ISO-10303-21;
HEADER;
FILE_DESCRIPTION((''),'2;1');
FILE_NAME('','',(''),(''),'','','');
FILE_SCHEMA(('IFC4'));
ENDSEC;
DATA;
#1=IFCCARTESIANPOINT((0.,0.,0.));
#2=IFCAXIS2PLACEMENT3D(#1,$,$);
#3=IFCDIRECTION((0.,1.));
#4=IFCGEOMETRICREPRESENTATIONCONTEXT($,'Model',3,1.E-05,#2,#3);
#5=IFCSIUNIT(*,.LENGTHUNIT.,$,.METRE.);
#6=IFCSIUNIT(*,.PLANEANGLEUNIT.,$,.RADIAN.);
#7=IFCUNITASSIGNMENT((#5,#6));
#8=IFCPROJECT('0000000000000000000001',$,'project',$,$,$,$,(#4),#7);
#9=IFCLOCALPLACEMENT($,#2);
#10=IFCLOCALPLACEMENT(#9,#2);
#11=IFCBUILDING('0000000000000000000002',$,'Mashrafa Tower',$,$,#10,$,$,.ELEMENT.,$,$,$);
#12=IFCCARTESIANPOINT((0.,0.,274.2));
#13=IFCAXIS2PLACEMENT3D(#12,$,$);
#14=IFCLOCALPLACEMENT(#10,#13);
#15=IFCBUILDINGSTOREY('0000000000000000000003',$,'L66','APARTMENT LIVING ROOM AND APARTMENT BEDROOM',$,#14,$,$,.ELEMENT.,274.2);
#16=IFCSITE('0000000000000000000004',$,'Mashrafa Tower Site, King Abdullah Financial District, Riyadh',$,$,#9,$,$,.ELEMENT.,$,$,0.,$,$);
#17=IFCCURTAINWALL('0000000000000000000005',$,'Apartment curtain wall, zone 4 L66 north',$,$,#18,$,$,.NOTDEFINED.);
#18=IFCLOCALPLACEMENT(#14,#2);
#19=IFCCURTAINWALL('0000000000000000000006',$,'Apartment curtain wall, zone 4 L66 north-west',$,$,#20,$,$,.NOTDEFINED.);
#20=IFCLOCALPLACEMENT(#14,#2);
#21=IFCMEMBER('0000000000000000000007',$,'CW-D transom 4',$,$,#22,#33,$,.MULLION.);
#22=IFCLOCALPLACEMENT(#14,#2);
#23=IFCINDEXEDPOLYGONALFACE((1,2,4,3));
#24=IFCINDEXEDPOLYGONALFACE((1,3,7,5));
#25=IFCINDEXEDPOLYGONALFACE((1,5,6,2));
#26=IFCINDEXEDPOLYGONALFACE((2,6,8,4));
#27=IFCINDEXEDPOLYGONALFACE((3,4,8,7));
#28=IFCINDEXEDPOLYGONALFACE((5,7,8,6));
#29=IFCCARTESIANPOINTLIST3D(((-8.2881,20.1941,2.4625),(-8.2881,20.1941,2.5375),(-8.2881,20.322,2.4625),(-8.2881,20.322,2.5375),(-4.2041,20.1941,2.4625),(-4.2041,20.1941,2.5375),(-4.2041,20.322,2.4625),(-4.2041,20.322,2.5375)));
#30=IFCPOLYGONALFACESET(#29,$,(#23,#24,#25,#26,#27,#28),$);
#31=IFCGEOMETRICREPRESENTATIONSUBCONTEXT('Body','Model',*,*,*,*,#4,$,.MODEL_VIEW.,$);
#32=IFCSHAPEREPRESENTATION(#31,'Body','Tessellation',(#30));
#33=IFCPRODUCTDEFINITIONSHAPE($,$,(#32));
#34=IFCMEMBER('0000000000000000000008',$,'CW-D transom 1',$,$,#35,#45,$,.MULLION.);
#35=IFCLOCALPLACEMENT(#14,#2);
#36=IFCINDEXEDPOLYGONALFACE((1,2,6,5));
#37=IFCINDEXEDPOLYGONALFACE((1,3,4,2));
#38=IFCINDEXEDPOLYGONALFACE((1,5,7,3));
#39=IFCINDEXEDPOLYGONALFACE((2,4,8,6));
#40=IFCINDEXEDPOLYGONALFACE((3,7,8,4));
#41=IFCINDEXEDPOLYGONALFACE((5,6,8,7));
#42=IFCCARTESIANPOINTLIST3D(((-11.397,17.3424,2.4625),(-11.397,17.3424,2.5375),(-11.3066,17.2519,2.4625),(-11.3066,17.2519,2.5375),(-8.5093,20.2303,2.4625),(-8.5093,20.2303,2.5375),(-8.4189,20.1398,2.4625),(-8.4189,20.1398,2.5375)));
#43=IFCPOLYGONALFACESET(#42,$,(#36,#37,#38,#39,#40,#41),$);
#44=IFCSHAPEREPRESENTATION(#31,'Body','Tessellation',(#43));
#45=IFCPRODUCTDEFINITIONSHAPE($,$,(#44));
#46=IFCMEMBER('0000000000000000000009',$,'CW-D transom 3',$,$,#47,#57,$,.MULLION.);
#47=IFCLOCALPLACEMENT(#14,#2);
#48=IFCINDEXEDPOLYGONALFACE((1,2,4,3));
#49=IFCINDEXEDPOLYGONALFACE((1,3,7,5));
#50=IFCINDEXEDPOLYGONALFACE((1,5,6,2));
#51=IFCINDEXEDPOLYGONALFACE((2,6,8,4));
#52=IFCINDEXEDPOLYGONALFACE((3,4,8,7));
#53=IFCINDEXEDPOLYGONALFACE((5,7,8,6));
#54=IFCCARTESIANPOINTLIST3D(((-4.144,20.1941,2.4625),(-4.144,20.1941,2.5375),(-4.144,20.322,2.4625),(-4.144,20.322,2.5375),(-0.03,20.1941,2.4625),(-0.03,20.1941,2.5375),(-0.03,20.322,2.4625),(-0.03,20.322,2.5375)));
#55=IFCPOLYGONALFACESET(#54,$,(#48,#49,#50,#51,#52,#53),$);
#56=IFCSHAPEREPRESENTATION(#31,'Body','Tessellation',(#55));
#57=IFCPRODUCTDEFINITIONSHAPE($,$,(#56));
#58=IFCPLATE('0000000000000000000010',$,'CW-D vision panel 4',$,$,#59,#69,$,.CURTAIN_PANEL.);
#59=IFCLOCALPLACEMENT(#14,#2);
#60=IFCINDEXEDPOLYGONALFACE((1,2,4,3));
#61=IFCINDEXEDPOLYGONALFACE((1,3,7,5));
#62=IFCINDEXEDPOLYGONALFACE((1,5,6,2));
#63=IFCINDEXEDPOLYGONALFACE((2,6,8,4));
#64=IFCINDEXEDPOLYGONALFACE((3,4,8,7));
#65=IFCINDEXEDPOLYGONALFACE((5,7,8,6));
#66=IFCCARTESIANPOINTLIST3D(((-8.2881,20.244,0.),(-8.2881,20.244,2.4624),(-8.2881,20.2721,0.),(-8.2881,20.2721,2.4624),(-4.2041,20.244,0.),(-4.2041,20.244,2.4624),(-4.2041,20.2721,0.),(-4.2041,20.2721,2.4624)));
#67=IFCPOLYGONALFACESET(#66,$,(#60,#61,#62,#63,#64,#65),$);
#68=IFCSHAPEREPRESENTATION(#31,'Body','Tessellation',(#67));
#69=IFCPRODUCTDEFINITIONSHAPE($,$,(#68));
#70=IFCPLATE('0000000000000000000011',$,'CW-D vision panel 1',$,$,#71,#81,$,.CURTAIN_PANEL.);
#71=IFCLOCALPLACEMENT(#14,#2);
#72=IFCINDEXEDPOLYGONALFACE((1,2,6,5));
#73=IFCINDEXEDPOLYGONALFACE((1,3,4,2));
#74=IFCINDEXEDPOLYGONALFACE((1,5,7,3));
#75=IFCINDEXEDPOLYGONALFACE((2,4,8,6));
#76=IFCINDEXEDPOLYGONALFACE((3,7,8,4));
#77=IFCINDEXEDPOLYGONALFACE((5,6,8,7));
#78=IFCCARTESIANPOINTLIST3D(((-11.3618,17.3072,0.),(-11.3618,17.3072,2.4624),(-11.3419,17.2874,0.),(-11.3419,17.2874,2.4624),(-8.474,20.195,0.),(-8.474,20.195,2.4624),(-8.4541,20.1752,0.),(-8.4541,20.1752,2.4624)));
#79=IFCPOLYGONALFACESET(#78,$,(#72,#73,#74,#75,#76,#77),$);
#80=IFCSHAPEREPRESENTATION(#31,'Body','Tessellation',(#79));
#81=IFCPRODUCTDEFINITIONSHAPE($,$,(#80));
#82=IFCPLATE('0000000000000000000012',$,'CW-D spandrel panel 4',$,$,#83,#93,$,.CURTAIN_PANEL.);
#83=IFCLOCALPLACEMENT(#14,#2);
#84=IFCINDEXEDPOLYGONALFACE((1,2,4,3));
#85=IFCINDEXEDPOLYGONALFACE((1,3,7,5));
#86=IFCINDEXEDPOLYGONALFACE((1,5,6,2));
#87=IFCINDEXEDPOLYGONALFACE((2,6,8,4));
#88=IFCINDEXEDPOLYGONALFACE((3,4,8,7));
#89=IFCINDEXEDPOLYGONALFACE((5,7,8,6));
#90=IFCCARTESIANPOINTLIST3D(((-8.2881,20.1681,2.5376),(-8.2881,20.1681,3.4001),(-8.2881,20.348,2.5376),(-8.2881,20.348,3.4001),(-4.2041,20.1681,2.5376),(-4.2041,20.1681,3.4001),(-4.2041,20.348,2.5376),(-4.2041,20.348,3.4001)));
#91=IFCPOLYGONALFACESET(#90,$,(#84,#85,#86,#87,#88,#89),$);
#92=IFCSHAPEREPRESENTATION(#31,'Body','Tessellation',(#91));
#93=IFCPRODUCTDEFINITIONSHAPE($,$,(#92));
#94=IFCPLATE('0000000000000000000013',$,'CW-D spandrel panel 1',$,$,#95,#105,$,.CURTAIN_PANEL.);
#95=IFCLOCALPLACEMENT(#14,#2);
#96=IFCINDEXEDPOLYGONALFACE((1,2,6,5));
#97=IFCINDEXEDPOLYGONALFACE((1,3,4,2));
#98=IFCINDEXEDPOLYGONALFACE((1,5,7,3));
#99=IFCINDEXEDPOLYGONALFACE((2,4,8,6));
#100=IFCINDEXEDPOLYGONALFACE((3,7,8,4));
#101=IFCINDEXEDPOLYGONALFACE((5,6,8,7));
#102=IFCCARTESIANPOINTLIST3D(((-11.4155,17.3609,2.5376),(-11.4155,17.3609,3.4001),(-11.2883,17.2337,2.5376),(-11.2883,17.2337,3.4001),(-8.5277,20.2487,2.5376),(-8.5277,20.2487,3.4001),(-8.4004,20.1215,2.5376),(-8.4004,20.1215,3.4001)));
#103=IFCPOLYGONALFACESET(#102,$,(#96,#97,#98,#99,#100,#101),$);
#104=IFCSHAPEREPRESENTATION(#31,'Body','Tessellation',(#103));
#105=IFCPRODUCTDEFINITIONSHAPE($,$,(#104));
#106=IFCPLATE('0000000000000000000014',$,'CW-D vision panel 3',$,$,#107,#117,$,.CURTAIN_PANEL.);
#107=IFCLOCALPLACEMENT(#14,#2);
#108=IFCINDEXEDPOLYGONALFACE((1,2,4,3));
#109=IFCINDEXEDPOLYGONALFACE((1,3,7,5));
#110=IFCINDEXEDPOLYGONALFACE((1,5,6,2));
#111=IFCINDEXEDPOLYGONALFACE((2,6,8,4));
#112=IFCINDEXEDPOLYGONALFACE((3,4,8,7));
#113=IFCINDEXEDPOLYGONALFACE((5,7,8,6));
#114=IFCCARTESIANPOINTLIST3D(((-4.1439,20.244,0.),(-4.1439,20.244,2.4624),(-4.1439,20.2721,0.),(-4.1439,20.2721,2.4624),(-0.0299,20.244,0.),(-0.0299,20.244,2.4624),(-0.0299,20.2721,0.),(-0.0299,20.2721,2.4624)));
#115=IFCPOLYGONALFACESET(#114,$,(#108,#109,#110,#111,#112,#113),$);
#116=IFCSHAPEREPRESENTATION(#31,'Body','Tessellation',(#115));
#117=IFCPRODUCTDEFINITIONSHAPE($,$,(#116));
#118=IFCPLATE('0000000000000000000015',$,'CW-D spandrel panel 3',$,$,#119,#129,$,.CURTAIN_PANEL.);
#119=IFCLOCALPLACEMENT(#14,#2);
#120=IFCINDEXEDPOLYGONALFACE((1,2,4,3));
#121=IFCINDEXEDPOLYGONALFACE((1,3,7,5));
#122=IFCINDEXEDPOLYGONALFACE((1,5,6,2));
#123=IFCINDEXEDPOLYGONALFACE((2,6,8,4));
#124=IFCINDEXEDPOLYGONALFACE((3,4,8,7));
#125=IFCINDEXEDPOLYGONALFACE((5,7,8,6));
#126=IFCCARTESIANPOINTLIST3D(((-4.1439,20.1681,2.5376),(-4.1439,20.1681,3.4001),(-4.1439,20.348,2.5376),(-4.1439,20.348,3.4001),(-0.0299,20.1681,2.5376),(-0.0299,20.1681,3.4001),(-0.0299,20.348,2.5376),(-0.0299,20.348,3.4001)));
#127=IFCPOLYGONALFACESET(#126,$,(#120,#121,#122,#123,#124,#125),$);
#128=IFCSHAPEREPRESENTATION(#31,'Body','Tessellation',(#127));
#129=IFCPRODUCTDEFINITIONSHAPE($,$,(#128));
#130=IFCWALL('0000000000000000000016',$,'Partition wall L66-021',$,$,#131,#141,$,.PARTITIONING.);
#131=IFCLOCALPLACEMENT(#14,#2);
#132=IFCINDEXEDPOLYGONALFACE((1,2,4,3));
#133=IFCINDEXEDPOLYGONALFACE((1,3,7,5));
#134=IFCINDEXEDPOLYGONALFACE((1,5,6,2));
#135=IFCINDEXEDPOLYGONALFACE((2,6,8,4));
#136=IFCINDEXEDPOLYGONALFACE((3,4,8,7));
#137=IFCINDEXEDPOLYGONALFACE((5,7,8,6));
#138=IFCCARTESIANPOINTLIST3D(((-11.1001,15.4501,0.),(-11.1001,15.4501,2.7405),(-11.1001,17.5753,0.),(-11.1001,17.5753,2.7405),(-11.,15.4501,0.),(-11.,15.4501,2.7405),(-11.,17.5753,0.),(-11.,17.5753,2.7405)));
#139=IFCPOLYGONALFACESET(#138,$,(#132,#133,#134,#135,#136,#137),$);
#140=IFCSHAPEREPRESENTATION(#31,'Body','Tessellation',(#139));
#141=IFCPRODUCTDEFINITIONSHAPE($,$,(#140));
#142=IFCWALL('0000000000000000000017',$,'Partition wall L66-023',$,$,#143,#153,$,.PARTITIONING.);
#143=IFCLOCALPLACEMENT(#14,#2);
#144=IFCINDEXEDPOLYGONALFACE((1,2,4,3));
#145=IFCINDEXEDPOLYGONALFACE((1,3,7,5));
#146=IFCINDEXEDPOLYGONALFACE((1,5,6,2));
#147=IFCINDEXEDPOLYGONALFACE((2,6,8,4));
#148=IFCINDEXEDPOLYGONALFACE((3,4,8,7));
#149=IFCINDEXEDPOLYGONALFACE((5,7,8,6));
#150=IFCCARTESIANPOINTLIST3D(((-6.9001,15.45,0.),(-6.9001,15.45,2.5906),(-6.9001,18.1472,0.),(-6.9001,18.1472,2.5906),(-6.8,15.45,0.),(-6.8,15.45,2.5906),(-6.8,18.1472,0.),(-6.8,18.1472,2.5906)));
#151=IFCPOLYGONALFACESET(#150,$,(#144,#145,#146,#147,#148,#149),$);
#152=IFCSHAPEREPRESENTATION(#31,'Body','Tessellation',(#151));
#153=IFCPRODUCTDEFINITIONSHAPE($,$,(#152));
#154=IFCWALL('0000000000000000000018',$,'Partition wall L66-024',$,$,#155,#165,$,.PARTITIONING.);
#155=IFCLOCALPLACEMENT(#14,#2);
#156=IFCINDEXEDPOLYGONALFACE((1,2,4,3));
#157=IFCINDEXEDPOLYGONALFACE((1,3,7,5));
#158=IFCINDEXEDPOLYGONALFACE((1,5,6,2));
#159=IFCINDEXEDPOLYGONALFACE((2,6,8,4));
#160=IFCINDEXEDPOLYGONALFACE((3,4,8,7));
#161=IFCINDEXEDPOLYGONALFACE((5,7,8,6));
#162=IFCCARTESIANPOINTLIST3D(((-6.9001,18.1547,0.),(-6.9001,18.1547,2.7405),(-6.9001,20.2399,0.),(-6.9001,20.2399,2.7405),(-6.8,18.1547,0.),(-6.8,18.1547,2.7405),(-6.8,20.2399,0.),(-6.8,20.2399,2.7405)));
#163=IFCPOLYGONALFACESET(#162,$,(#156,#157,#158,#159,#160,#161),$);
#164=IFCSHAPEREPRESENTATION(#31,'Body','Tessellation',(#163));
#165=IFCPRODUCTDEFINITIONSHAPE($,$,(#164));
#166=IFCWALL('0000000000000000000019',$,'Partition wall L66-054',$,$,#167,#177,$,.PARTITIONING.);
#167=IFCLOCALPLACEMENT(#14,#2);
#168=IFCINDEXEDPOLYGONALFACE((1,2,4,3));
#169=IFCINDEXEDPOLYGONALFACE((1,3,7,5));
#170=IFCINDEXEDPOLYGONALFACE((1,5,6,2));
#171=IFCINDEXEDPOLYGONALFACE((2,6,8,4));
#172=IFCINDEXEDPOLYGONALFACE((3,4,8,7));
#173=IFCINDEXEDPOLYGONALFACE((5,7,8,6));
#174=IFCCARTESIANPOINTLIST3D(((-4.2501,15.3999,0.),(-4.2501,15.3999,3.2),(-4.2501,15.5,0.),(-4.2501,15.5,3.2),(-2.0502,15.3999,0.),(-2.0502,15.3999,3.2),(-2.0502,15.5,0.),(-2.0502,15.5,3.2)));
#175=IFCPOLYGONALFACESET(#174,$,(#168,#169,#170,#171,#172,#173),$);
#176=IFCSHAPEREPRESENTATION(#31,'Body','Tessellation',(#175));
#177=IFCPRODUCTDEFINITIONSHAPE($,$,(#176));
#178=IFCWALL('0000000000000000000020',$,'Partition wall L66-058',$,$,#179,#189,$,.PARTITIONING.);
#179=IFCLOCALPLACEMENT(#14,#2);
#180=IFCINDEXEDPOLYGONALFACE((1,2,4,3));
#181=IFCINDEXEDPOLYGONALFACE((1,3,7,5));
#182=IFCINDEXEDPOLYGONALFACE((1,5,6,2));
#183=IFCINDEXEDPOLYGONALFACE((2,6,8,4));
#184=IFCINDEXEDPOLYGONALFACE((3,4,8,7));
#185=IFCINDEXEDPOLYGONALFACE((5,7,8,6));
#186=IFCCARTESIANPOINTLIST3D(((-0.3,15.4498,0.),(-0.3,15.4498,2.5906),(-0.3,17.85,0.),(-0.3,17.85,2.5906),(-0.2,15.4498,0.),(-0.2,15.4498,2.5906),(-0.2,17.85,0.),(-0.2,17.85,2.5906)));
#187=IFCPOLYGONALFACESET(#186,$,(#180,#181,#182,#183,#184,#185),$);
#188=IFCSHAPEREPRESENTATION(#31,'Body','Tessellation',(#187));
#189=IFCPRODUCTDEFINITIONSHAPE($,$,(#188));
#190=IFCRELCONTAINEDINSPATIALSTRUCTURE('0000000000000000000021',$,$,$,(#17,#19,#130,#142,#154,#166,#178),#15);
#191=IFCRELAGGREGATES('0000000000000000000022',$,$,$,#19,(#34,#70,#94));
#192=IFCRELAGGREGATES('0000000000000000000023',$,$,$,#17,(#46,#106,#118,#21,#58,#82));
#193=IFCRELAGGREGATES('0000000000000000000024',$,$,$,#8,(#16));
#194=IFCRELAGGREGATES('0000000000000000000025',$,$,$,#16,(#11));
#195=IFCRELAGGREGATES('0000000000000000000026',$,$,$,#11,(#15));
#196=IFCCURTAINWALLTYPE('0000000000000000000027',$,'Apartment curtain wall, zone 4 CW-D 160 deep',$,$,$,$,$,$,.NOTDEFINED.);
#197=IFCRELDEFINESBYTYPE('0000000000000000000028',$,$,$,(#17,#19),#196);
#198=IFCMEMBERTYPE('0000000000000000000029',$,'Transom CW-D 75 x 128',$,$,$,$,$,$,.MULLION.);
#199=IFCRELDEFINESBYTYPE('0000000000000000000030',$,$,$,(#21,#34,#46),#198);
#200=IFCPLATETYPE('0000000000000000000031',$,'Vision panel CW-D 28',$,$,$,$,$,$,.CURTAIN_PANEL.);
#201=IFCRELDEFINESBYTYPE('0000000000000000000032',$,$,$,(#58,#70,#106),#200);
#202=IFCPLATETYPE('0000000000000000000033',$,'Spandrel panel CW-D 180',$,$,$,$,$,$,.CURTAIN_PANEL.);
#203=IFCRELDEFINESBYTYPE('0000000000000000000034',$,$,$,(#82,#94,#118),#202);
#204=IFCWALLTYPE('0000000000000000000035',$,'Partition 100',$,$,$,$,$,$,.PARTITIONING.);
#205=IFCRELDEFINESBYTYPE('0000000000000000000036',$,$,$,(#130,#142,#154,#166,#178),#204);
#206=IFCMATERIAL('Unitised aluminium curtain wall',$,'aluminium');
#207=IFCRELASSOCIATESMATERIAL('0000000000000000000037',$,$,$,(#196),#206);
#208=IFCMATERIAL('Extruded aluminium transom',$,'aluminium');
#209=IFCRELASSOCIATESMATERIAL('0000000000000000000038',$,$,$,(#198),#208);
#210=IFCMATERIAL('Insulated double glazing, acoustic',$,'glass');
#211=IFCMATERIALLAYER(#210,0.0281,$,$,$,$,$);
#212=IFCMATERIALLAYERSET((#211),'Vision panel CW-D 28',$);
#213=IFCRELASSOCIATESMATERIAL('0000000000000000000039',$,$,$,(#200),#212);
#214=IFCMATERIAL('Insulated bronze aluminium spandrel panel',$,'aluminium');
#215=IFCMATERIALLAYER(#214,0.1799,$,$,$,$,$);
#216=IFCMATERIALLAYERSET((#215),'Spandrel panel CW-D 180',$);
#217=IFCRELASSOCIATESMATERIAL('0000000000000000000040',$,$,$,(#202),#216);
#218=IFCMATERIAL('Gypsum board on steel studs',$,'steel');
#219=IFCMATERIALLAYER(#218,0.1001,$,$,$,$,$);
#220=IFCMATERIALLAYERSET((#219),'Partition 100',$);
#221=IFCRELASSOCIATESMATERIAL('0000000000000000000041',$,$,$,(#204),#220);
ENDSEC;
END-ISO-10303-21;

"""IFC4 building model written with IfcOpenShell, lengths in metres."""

from ifc_helpers import new_model, si_unit, direction, frame, frame_2d, origin, origin_2d, place, context, subcontext, project, spatial, rectangle, extrude, source, transform, mapped, material, layer, layer_set, material_profile, profile_set, type_object, type_shapes, element, aggregate, save


model = new_model("IFC4")

# Units and contexts
model_context = context("Model", 3, precision=1e-05, world=origin(), true_north=direction((0.0, 1.0)))
body_context = subcontext(model_context, "Body", "Model", "MODEL_VIEW")
ifc_project = project(units=[si_unit("LENGTHUNIT", "METRE"), si_unit("PLANEANGLEUNIT", "RADIAN")], contexts=[model_context])

# Site, building, storey
site_placement = place(None, origin())
site = spatial("IfcSite", under=ifc_project, at=site_placement, Name="Mashrafa Tower Site, King Abdullah Financial District, Riyadh", CompositionType="ELEMENT", RefElevation=0.0)
building_placement = place(site_placement, origin())
building = spatial("IfcBuilding", under=site, at=building_placement, Name="Mashrafa Tower", CompositionType="ELEMENT")
storey_placement = place(building_placement, frame((0.0, 0.0, 274.2)))
storey = spatial("IfcBuildingStorey", under=building, at=storey_placement, Name="L66", Description="APARTMENT LIVING ROOM AND APARTMENT BEDROOM", CompositionType="ELEMENT", Elevation=274.2)

# Curtain wall
ifc_material_1 = material(Name="Unitised aluminium curtain wall", Category="aluminium")
curtain_wall_type = type_object("IfcCurtainWallType", Name="Apartment curtain wall, zone 4 CW-D 160 deep", PredefinedType="NOTDEFINED", material=ifc_material_1)
curtain_wall_1_placement = place(storey_placement, origin())
curtain_wall_1 = element("IfcCurtainWall", 1, at=curtain_wall_1_placement, inside=storey, type_object=curtain_wall_type, Name="Apartment curtain wall, zone 4 L66 north", PredefinedType="NOTDEFINED")

# Curtain wall
curtain_wall_2_placement = place(storey_placement, origin())
curtain_wall_2 = element("IfcCurtainWall", 2, at=curtain_wall_2_placement, inside=storey, type_object=curtain_wall_type, Name="Apartment curtain wall, zone 4 L66 north-west", PredefinedType="NOTDEFINED")

# Members
ifc_material_2 = material(Name="Extruded aluminium transom", Category="aluminium")
ifc_material_profile_1 = material_profile(ifc_material_2, rectangle(XDim=0.1279, YDim=0.075, at=origin_2d()), Name="Transom 75x128")
ifc_profile_set_1 = profile_set([ifc_material_profile_1], Name="Extruded aluminium transom")
member_type_1 = type_object("IfcMemberType", Name="Transom CW-D 75 x 128", PredefinedType="MULLION", material=ifc_profile_set_1)
shared_shape_1 = source(origin(), body_context, "Body", "SweptSolid", [
    extrude(rectangle(XDim=0.1279, YDim=0.075, at=origin_2d()), origin(), (0.0, 0.0, 1.0), 4.084),
])
member_1_placement = place(storey_placement, frame((-4.2041, 20.2581, 2.5), z_axis=(-1.0, 0.0, 0.0), x_axis=(0.0, -1.0, 0.0)))
member_1 = element("IfcMember", 3, at=member_1_placement, type_object=member_type_1, Name="CW-D transom 4", PredefinedType="MULLION", context=body_context, shape_type="MappedRepresentation", body=[
    mapped(shared_shape_1, transform((0.0, 0.0, 0.0))),
])
member_2_placement = place(storey_placement, frame((-8.4641, 20.1851, 2.5), z_axis=(-0.707077, -0.707137, 0.0), x_axis=(0.707137, -0.707077, 0.0)))
member_2 = element("IfcMember", 4, at=member_2_placement, type_object=member_type_1, Name="CW-D transom 1", PredefinedType="MULLION", context=body_context, shape_type="MappedRepresentation", body=[
    mapped(shared_shape_1, transform((0.0, 0.0, 0.0))),
])
shared_shape_2 = source(origin(), body_context, "Body", "SweptSolid", [
    extrude(rectangle(XDim=0.1279, YDim=0.075, at=origin_2d()), origin(), (0.0, 0.0, 1.0), 4.114),
])
type_shapes(member_type_1, [shared_shape_1, shared_shape_2])
member_3_placement = place(storey_placement, frame((-0.03, 20.2581, 2.5), z_axis=(-1.0, 0.0, 0.0), x_axis=(0.0, -1.0, 0.0)))
member_3 = element("IfcMember", 5, at=member_3_placement, type_object=member_type_1, Name="CW-D transom 3", PredefinedType="MULLION", context=body_context, shape_type="MappedRepresentation", body=[
    mapped(shared_shape_2, transform((0.0, 0.0, 0.0))),
])

# Plates
ifc_material_3 = material(Name="Insulated double glazing, acoustic", Category="glass")
ifc_layer_1 = layer(ifc_material_3, 0.0281)
ifc_layer_set_1 = layer_set([ifc_layer_1], Name="Vision panel CW-D 28")
plate_type_1 = type_object("IfcPlateType", Name="Vision panel CW-D 28", PredefinedType="CURTAIN_PANEL", material=ifc_layer_set_1)
shared_shape_3 = source(origin(), body_context, "Body", "SweptSolid", [
    extrude(rectangle(XDim=4.084, YDim=0.0281, at=origin_2d()), origin(), (0.0, 0.0, 1.0), 2.4624),
])
plate_1_placement = place(storey_placement, frame((-6.2461, 20.2581, 0.0), z_axis=(0.0, 0.0, 1.0), x_axis=(-1.0, 0.0, 0.0)))
plate_1 = element("IfcPlate", 6, at=plate_1_placement, type_object=plate_type_1, Name="CW-D vision panel 4", PredefinedType="CURTAIN_PANEL", context=body_context, shape_type="MappedRepresentation", body=[
    mapped(shared_shape_3, transform((0.0, 0.0, 0.0))),
])
plate_2_placement = place(storey_placement, frame((-9.908, 18.7412, 0.0), z_axis=(0.0, 0.0, 1.0), x_axis=(-0.707107, -0.707107, 0.0)))
plate_2 = element("IfcPlate", 7, at=plate_2_placement, type_object=plate_type_1, Name="CW-D vision panel 1", PredefinedType="CURTAIN_PANEL", context=body_context, shape_type="MappedRepresentation", body=[
    mapped(shared_shape_3, transform((0.0, 0.0, 0.0))),
])
ifc_material_4 = material(Name="Insulated bronze aluminium spandrel panel", Category="aluminium")
ifc_layer_2 = layer(ifc_material_4, 0.1799)
ifc_layer_set_2 = layer_set([ifc_layer_2], Name="Spandrel panel CW-D 180")
plate_type_2 = type_object("IfcPlateType", Name="Spandrel panel CW-D 180", PredefinedType="CURTAIN_PANEL", material=ifc_layer_set_2)
shared_shape_4 = source(origin(), body_context, "Body", "SweptSolid", [
    extrude(rectangle(XDim=4.084, YDim=0.1799, at=origin_2d()), origin(), (0.0, 0.0, 1.0), 0.8625),
])
plate_3_placement = place(storey_placement, frame((-6.2461, 20.2581, 2.5376), z_axis=(0.0, 0.0, 1.0), x_axis=(-1.0, 0.0, 0.0)))
plate_3 = element("IfcPlate", 8, at=plate_3_placement, type_object=plate_type_2, Name="CW-D spandrel panel 4", PredefinedType="CURTAIN_PANEL", context=body_context, shape_type="MappedRepresentation", body=[
    mapped(shared_shape_4, transform((0.0, 0.0, 0.0))),
])
plate_4_placement = place(storey_placement, frame((-9.908, 18.7412, 2.5376), z_axis=(0.0, 0.0, 1.0), x_axis=(-0.707107, -0.707107, 0.0)))
plate_4 = element("IfcPlate", 9, at=plate_4_placement, type_object=plate_type_2, Name="CW-D spandrel panel 1", PredefinedType="CURTAIN_PANEL", context=body_context, shape_type="MappedRepresentation", body=[
    mapped(shared_shape_4, transform((0.0, 0.0, 0.0))),
])
aggregate(curtain_wall_2, [member_2, plate_2, plate_4])
shared_shape_5 = source(origin(), body_context, "Body", "SweptSolid", [
    extrude(rectangle(XDim=4.114, YDim=0.0281, at=origin_2d()), origin(), (0.0, 0.0, 1.0), 2.4624),
])
type_shapes(plate_type_1, [shared_shape_3, shared_shape_5])
plate_5_placement = place(storey_placement, frame((-2.0869, 20.2581, 0.0), z_axis=(0.0, 0.0, 1.0), x_axis=(-1.0, 0.0, 0.0)))
plate_5 = element("IfcPlate", 10, at=plate_5_placement, type_object=plate_type_1, Name="CW-D vision panel 3", PredefinedType="CURTAIN_PANEL", context=body_context, shape_type="MappedRepresentation", body=[
    mapped(shared_shape_5, transform((0.0, 0.0, 0.0))),
])
shared_shape_6 = source(origin(), body_context, "Body", "SweptSolid", [
    extrude(rectangle(XDim=4.114, YDim=0.1799, at=origin_2d()), origin(), (0.0, 0.0, 1.0), 0.8625),
])
type_shapes(plate_type_2, [shared_shape_4, shared_shape_6])
plate_6_placement = place(storey_placement, frame((-2.0869, 20.2581, 2.5376), z_axis=(0.0, 0.0, 1.0), x_axis=(-1.0, 0.0, 0.0)))
plate_6 = element("IfcPlate", 11, at=plate_6_placement, type_object=plate_type_2, Name="CW-D spandrel panel 3", PredefinedType="CURTAIN_PANEL", context=body_context, shape_type="MappedRepresentation", body=[
    mapped(shared_shape_6, transform((0.0, 0.0, 0.0))),
])
aggregate(curtain_wall_1, [member_3, plate_5, plate_6, member_1, plate_1, plate_3])

# Walls
ifc_material_5 = material(Name="Gypsum board on steel studs", Category="steel")
ifc_layer_3 = layer(ifc_material_5, 0.1001)
ifc_layer_set_3 = layer_set([ifc_layer_3], Name="Partition 100")
wall_type = type_object("IfcWallType", Name="Partition 100", PredefinedType="PARTITIONING", material=ifc_layer_set_3)
wall_1_placement = place(storey_placement, frame((-11.05, 17.5752, 0.0), z_axis=(0.0, 0.0, 1.0), x_axis=(0.0, -1.0, 0.0)))
element("IfcWall", 12, at=wall_1_placement, inside=storey, type_object=wall_type, Name="Partition wall L66-021", PredefinedType="PARTITIONING", context=body_context, shape_type="SweptSolid", body=[
    extrude(rectangle(XDim=2.1252, YDim=0.1001, at=frame_2d((1.0625, 0.0))), origin(), (0.0, 0.0, 1.0), 2.7405),
])
wall_2_placement = place(storey_placement, frame((-6.8501, 15.45, 0.0), z_axis=(0.0, 0.0, 1.0), x_axis=(0.0, 1.0, 0.0)))
element("IfcWall", 13, at=wall_2_placement, inside=storey, type_object=wall_type, Name="Partition wall L66-023", PredefinedType="PARTITIONING", context=body_context, shape_type="SweptSolid", body=[
    extrude(rectangle(XDim=2.6973, YDim=0.1001, at=frame_2d((1.3486, 0.0))), origin(), (0.0, 0.0, 1.0), 2.5906),
])
wall_3_placement = place(storey_placement, frame((-6.8501, 18.1548, 0.0), z_axis=(0.0, 0.0, 1.0), x_axis=(0.0, 1.0, 0.0)))
element("IfcWall", 14, at=wall_3_placement, inside=storey, type_object=wall_type, Name="Partition wall L66-024", PredefinedType="PARTITIONING", context=body_context, shape_type="SweptSolid", body=[
    extrude(rectangle(XDim=2.0852, YDim=0.1001, at=frame_2d((1.0425, 0.0))), origin(), (0.0, 0.0, 1.0), 2.7405),
])
wall_4_placement = place(storey_placement, frame((-2.05, 15.45, 0.0), z_axis=(0.0, 0.0, 1.0), x_axis=(-1.0, 0.0, 0.0)))
element("IfcWall", 15, at=wall_4_placement, inside=storey, type_object=wall_type, Name="Partition wall L66-054", PredefinedType="PARTITIONING", context=body_context, shape_type="SweptSolid", body=[
    extrude(rectangle(XDim=2.2, YDim=0.1001, at=frame_2d((1.1001, 0.0))), origin(), (0.0, 0.0, 1.0), 3.2),
])
wall_5_placement = place(storey_placement, frame((-0.25, 17.8501, 0.0), z_axis=(0.0, 0.0, 1.0), x_axis=(0.0, -1.0, 0.0)))
element("IfcWall", 16, at=wall_5_placement, inside=storey, type_object=wall_type, Name="Partition wall L66-058", PredefinedType="PARTITIONING", context=body_context, shape_type="SweptSolid", body=[
    extrude(rectangle(XDim=2.4001, YDim=0.1001, at=frame_2d((1.2002, 0.0))), origin(), (0.0, 0.0, 1.0), 2.5906),
])

save(model, "model.ifc")
